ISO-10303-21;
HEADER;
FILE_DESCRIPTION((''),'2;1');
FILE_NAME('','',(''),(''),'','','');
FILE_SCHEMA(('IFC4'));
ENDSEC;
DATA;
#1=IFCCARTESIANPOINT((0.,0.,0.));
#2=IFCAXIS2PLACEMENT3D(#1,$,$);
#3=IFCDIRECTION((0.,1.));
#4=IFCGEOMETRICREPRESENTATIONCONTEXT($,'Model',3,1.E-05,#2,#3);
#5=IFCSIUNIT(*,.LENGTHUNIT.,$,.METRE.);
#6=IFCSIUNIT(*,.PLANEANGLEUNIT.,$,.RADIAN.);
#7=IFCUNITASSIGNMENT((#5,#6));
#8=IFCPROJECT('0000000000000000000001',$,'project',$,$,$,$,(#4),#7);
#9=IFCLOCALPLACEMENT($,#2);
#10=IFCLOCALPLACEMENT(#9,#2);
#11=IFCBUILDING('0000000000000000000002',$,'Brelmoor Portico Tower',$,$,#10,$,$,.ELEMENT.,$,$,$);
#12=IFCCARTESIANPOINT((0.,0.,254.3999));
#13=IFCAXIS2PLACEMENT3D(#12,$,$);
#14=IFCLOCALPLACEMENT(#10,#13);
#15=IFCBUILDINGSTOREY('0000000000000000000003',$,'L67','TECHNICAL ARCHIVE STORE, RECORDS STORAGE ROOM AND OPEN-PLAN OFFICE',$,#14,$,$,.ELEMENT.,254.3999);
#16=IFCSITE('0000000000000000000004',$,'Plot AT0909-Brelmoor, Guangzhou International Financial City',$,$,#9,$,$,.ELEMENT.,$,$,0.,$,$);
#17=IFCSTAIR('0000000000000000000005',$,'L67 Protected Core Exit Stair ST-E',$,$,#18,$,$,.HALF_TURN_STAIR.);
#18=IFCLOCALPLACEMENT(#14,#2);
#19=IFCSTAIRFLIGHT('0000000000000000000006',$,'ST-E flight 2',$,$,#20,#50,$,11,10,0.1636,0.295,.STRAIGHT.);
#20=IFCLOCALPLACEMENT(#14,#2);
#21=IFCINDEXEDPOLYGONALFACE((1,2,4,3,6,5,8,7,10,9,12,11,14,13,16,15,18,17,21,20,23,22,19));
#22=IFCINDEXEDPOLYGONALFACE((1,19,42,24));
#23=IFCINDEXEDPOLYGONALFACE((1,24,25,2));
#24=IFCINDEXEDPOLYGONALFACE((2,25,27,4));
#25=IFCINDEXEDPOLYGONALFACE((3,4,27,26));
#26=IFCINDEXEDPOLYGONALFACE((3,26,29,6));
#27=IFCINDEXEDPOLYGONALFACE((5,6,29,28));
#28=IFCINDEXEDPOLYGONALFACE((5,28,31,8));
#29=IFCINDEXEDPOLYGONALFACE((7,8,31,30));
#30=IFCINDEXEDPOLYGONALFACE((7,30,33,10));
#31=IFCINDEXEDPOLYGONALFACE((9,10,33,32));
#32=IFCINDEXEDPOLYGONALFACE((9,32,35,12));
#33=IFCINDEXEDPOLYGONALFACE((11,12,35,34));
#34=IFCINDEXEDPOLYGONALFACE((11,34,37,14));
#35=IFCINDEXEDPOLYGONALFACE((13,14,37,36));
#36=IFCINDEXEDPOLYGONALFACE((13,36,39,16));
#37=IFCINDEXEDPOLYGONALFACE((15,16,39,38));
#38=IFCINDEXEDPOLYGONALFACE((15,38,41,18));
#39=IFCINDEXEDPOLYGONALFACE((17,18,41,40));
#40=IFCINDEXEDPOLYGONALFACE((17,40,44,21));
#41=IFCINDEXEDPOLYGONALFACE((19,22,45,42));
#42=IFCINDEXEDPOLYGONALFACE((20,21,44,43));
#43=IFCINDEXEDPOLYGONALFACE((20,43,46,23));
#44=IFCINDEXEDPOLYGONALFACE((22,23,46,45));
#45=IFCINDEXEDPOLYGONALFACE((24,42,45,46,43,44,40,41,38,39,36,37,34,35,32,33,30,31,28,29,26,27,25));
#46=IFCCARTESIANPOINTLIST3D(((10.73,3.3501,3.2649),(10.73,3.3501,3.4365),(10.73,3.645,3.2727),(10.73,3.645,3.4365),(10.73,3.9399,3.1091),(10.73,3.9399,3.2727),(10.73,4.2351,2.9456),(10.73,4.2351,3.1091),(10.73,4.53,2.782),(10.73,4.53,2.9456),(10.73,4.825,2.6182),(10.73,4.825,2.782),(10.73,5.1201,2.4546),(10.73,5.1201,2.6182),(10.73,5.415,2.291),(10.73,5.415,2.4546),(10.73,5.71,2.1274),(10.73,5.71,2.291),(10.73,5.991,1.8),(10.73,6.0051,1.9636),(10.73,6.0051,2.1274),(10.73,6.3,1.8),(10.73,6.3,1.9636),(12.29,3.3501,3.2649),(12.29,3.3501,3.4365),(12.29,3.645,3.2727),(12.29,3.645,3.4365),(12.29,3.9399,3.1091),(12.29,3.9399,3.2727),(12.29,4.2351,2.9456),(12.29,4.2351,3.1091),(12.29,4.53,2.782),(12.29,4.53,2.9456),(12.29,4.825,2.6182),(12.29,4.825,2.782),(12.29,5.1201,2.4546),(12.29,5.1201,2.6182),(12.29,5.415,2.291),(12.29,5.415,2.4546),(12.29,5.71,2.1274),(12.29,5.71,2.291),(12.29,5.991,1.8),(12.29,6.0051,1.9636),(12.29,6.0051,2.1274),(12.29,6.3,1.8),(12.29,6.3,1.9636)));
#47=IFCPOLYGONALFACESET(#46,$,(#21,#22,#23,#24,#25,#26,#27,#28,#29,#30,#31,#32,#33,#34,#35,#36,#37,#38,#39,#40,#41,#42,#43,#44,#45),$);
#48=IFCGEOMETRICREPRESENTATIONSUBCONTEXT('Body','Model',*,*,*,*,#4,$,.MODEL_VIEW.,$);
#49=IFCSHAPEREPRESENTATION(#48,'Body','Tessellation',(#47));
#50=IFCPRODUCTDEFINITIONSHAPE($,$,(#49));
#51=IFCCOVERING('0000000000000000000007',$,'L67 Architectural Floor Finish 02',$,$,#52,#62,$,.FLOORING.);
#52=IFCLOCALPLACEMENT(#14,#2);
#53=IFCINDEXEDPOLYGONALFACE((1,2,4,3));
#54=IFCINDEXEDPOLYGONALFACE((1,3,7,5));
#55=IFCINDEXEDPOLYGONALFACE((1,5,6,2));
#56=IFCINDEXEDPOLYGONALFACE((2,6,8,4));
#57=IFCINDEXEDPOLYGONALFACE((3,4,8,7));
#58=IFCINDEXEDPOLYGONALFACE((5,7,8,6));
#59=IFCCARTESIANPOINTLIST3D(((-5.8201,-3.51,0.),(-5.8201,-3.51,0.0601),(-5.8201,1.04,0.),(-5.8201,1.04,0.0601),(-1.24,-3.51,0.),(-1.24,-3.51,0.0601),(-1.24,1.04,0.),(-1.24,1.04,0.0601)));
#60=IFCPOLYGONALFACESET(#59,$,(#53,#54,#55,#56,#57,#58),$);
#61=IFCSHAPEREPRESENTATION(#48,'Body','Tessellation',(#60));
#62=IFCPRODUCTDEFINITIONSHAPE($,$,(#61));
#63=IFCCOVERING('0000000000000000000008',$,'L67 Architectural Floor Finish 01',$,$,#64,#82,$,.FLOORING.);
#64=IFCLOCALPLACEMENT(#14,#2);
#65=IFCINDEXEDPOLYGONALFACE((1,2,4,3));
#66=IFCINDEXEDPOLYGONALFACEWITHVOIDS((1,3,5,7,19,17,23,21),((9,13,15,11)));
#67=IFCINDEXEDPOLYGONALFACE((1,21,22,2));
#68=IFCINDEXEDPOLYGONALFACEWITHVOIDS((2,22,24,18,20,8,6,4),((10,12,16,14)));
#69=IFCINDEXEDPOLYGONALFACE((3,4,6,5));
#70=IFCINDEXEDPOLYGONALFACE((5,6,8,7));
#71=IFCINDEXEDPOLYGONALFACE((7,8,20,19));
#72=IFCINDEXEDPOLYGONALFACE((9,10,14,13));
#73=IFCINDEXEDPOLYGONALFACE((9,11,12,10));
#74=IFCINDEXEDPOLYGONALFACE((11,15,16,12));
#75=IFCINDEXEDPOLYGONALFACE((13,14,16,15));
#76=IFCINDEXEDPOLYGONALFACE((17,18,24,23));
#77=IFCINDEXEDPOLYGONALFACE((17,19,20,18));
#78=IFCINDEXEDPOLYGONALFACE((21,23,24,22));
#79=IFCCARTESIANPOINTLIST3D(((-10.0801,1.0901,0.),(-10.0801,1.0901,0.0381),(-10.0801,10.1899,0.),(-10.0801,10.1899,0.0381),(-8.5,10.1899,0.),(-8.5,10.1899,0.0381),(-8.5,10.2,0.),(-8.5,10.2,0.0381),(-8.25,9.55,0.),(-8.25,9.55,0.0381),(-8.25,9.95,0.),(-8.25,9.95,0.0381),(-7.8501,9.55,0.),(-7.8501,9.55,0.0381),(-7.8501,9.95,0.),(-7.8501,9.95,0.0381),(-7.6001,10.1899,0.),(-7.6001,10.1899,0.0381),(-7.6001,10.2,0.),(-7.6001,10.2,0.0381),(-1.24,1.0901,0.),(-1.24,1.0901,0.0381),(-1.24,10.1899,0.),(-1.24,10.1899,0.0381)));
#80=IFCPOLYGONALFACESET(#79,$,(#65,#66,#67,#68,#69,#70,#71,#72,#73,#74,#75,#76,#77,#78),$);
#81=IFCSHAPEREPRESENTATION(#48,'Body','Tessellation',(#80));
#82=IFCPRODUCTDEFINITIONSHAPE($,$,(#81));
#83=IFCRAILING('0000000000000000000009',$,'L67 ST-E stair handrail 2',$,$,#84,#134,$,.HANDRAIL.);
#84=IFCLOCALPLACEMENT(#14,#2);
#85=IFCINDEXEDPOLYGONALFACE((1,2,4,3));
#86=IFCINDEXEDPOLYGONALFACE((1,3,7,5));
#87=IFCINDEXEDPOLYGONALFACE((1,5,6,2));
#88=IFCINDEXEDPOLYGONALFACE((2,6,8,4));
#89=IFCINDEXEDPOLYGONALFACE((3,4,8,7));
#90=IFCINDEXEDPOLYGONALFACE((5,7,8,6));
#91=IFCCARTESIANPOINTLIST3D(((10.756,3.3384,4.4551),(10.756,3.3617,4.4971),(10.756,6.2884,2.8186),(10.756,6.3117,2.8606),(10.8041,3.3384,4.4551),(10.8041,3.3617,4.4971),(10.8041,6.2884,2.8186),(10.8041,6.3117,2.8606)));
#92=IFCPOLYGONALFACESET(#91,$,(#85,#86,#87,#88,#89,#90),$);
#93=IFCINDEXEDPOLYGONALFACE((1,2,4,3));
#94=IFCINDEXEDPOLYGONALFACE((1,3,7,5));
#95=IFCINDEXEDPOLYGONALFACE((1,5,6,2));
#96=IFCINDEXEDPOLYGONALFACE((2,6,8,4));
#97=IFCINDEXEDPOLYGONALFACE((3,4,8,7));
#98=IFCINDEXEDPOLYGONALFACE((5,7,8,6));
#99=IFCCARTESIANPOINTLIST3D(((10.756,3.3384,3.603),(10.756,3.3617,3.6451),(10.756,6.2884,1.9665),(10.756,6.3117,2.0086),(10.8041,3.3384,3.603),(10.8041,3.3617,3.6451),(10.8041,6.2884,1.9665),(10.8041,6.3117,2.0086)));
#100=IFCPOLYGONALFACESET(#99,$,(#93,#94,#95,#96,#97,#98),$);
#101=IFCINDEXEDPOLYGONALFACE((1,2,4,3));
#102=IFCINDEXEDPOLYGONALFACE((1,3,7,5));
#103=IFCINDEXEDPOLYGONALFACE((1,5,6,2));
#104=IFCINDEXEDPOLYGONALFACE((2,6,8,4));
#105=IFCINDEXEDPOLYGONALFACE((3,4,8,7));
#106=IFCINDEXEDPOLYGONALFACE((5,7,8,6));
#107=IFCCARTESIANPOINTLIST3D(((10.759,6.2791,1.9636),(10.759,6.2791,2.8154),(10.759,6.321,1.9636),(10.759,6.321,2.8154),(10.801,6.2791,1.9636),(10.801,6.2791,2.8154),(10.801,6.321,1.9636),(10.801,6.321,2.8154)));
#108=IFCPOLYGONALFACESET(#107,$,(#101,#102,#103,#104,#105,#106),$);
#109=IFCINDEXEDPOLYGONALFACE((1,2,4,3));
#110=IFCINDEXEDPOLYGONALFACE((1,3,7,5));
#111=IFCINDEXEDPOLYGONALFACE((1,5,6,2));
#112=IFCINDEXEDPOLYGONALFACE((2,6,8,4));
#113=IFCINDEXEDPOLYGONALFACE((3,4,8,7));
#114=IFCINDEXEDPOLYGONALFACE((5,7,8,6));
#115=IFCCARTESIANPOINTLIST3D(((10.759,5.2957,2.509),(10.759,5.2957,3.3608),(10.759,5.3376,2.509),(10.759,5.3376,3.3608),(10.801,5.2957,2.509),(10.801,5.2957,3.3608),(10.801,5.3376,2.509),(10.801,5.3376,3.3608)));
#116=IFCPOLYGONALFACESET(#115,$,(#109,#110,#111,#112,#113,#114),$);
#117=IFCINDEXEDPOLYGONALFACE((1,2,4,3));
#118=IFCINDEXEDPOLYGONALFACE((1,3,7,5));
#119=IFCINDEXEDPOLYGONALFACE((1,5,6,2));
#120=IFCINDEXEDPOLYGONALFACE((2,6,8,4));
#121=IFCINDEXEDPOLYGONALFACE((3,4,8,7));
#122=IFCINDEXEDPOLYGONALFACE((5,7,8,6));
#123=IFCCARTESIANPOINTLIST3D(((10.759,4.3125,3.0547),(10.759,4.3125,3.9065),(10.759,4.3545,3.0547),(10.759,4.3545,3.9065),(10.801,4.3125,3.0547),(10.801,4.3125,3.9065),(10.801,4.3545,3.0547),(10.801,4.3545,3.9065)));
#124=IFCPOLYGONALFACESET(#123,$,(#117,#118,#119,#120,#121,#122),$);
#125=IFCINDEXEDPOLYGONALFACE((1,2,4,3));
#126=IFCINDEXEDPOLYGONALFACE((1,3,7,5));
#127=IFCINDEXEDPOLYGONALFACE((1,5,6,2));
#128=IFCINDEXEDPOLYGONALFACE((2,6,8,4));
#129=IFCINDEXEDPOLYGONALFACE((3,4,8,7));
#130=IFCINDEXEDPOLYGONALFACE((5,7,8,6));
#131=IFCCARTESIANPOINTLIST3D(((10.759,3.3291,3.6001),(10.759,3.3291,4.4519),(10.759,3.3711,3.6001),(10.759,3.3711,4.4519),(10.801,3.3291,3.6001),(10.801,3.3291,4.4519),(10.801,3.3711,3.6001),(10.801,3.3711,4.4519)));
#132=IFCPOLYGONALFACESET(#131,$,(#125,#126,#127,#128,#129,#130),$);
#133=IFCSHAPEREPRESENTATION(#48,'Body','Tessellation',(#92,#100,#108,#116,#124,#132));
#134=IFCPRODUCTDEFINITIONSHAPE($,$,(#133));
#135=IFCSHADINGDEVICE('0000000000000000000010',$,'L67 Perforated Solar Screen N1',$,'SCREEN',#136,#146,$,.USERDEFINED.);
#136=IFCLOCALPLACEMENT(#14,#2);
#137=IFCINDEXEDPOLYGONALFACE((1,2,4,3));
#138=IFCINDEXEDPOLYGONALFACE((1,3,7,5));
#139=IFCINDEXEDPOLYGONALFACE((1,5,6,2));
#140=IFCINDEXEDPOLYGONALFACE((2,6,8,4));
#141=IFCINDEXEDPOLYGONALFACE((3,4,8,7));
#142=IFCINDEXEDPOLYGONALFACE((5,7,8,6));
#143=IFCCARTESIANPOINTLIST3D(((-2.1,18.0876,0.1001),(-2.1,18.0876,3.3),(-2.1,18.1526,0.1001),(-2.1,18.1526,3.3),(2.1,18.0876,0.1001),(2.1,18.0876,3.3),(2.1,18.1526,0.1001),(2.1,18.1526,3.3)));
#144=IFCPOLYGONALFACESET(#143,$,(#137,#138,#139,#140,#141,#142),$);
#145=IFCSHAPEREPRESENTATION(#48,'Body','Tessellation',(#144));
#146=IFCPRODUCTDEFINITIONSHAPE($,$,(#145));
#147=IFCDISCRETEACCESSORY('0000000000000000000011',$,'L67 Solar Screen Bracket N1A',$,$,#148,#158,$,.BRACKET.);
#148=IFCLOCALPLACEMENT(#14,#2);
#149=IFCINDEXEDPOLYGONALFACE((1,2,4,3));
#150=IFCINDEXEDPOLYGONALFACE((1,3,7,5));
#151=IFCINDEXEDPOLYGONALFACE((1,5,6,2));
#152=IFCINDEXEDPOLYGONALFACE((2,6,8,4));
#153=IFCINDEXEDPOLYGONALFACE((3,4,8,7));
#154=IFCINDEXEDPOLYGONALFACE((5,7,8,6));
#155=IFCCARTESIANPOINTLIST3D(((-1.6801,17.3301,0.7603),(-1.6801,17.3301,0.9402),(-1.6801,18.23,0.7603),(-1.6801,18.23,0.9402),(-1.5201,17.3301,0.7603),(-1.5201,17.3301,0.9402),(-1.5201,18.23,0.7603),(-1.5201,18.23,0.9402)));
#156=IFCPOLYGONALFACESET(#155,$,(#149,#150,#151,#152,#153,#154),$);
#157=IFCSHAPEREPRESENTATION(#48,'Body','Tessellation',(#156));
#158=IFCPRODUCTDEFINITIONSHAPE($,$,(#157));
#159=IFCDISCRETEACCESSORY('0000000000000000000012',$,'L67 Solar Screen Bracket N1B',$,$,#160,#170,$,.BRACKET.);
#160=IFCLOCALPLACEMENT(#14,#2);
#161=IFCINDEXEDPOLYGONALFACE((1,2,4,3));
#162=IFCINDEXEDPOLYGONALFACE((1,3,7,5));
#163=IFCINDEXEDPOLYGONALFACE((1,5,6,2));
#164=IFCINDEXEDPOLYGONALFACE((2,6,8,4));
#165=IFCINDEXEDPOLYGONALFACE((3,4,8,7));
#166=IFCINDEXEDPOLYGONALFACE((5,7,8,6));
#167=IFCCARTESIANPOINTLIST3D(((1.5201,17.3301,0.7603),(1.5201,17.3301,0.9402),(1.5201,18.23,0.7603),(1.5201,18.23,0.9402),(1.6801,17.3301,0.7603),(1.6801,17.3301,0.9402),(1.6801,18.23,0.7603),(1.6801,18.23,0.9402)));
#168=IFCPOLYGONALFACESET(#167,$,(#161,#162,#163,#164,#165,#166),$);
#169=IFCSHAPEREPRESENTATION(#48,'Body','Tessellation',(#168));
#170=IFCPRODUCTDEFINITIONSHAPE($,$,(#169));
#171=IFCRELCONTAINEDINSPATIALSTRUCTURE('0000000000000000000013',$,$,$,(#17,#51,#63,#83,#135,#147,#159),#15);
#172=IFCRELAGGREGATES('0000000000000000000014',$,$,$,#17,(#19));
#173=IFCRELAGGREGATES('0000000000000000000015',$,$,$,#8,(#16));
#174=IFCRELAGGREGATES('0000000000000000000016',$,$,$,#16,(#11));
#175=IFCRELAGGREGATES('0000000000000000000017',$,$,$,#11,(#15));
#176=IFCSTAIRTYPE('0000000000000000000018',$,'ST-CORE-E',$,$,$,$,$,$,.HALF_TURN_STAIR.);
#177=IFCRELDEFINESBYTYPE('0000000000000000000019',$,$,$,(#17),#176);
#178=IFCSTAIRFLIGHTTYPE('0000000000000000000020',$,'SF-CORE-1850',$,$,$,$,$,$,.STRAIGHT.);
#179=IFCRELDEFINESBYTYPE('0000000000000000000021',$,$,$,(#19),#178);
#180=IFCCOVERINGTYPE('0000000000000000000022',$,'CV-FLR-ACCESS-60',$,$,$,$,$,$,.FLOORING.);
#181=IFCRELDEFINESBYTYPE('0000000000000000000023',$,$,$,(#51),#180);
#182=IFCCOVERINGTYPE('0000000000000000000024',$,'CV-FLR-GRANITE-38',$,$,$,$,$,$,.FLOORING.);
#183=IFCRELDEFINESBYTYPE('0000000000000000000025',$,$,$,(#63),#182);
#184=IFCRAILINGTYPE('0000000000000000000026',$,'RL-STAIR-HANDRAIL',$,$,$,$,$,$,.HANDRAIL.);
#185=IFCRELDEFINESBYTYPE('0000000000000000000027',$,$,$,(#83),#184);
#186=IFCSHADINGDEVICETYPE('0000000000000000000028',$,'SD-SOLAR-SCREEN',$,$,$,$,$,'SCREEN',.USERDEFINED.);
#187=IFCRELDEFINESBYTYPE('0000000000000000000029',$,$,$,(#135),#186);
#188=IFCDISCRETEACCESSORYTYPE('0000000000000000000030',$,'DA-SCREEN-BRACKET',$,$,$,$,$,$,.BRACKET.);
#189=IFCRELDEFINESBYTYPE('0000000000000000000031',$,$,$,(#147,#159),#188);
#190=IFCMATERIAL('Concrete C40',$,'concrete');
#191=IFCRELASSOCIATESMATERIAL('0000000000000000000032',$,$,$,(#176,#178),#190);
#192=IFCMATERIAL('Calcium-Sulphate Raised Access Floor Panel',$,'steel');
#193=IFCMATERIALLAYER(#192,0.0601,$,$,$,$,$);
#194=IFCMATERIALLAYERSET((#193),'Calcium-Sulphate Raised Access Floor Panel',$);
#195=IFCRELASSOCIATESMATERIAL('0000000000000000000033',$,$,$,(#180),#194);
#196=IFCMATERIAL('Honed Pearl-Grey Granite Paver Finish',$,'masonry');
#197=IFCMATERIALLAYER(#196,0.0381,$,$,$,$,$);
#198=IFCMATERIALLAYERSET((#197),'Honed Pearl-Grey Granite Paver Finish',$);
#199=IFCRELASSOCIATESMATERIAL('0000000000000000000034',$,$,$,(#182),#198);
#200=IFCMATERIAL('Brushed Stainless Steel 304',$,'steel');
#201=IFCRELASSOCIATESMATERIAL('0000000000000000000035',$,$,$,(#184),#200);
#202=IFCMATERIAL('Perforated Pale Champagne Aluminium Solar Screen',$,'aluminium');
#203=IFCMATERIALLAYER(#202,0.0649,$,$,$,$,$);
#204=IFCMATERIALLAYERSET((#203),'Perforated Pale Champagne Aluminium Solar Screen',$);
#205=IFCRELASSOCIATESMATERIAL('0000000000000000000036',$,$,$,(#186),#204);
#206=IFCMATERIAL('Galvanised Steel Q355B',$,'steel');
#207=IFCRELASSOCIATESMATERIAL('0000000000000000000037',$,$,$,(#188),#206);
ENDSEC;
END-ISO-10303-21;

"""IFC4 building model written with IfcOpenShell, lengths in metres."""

from ifc_helpers import new_model, si_unit, direction, frame, origin, origin_2d, place, context, subcontext, project, spatial, polyline, rectangle, outline, extrude, material, layer, layer_set, type_object, element, aggregate, save


model = new_model("IFC4")

# Units and contexts
model_context = context("Model", 3, precision=1e-05, world=origin(), true_north=direction((0.0, 1.0)))
body_context = subcontext(model_context, "Body", "Model", "MODEL_VIEW")
ifc_project = project(units=[si_unit("LENGTHUNIT", "METRE"), si_unit("PLANEANGLEUNIT", "RADIAN")], contexts=[model_context])

# Site, building, storey
site_placement = place(None, origin())
site = spatial("IfcSite", under=ifc_project, at=site_placement, Name="Plot AT0909-Brelmoor, Guangzhou International Financial City", CompositionType="ELEMENT", RefElevation=0.0)
building_placement = place(site_placement, origin())
building = spatial("IfcBuilding", under=site, at=building_placement, Name="Brelmoor Portico Tower", CompositionType="ELEMENT")
storey_placement = place(building_placement, frame((0.0, 0.0, 254.3999)))
storey = spatial("IfcBuildingStorey", under=building, at=storey_placement, Name="L67", Description="TECHNICAL ARCHIVE STORE, RECORDS STORAGE ROOM AND OPEN-PLAN OFFICE", CompositionType="ELEMENT", Elevation=254.3999)

# Shared definitions
ifc_material_1 = material(Name="Concrete C40", Category="concrete")

# Stair
stair_type_1 = type_object("IfcStairType", Name="ST-CORE-E", PredefinedType="HALF_TURN_STAIR", material=ifc_material_1)
stair_1_placement = place(storey_placement, origin())
stair_1 = element("IfcStair", 1, at=stair_1_placement, inside=storey, type_object=stair_type_1, Name="L67 Protected Core Exit Stair ST-E", PredefinedType="HALF_TURN_STAIR")

# Stair flight
stair_flight_type = type_object("IfcStairFlightType", Name="SF-CORE-1850", PredefinedType="STRAIGHT", material=ifc_material_1)
stair_flight_placement = place(storey_placement, frame((11.51, 6.3, 1.8), z_axis=(0.0, 0.0, 1.0), x_axis=(0.0, -1.0, 0.0)))
stair_flight = element("IfcStairFlight", 2, at=stair_flight_placement, type_object=stair_flight_type, Name="ST-E flight 2", NumberOfRisers=11, NumberOfTreads=10, PredefinedType="STRAIGHT", RiserHeight=0.1636, TreadLength=0.295, context=body_context, shape_type="SweptSolid", body=[
    extrude(outline(polyline([(0.0, 0.0), (0.0, 0.1636), (0.2949, 0.1636), (0.2949, 0.3274), (0.5901, 0.3274), (0.5901, 0.491), (0.885, 0.491), (0.885, 0.6545), (1.1799, 0.6545), (1.1799, 0.8181), (1.4751, 0.8181), (1.4751, 0.9819), (1.77, 0.9819), (1.77, 1.1455), (2.0649, 1.1455), (2.0649, 1.3091), (2.3601, 1.3091), (2.3601, 1.4727), (2.655, 1.4727), (2.655, 1.6365), (2.95, 1.6365), (2.95, 1.8), (2.95, 1.4648), (0.3091, 0.0), (0.0, 0.0)])), frame((0.0, 0.78, 0.0), z_axis=(0.0, -1.0, 0.0), x_axis=(1.0, 0.0, 0.0)), (0.0, 0.0, 1.0), 1.5601),
])
aggregate(stair_1, [stair_flight])

# Coverings
ifc_material_2 = material(Name="Calcium-Sulphate Raised Access Floor Panel", Category="steel")
ifc_layer_1 = layer(ifc_material_2, 0.0601)
ifc_layer_set_1 = layer_set([ifc_layer_1], Name="Calcium-Sulphate Raised Access Floor Panel")
covering_type_1 = type_object("IfcCoveringType", Name="CV-FLR-ACCESS-60", PredefinedType="FLOORING", material=ifc_layer_set_1)
covering_1_placement = place(storey_placement, origin())
element("IfcCovering", 3, at=covering_1_placement, inside=storey, type_object=covering_type_1, Name="L67 Architectural Floor Finish 02", PredefinedType="FLOORING", context=body_context, shape_type="SweptSolid", body=[
    extrude(outline(polyline([(-5.8201, -3.51), (-5.8201, 1.04), (-1.24, 1.04), (-1.24, -3.51), (-5.8201, -3.51)])), origin(), (0.0, 0.0, 1.0), 0.0601),
])
ifc_material_3 = material(Name="Honed Pearl-Grey Granite Paver Finish", Category="masonry")
ifc_layer_2 = layer(ifc_material_3, 0.0381)
ifc_layer_set_2 = layer_set([ifc_layer_2], Name="Honed Pearl-Grey Granite Paver Finish")
covering_type_2 = type_object("IfcCoveringType", Name="CV-FLR-GRANITE-38", PredefinedType="FLOORING", material=ifc_layer_set_2)
covering_2_placement = place(storey_placement, origin())
element("IfcCovering", 4, at=covering_2_placement, inside=storey, type_object=covering_type_2, Name="L67 Architectural Floor Finish 01", PredefinedType="FLOORING", context=body_context, shape_type="SweptSolid", body=[
    extrude(outline(polyline([(-10.0801, 10.1899), (-8.5, 10.1899), (-8.5, 10.2), (-7.6001, 10.2), (-7.6001, 10.1899), (-1.24, 10.1899), (-1.24, 1.0901), (-10.0801, 1.0901), (-10.0801, 10.1899)]), holes=[polyline([(-7.8501, 9.55), (-7.8501, 9.95), (-8.25, 9.95), (-8.25, 9.55), (-7.8501, 9.55)])]), origin(), (0.0, 0.0, 1.0), 0.0381),
])

# Railing
ifc_material_4 = material(Name="Brushed Stainless Steel 304", Category="steel")
railing_type = type_object("IfcRailingType", Name="RL-STAIR-HANDRAIL", PredefinedType="HANDRAIL", material=ifc_material_4)
railing_placement = place(storey_placement, frame((10.78, 6.3, 1.9636)))
element("IfcRailing", 5, at=railing_placement, inside=storey, type_object=railing_type, Name="L67 ST-E stair handrail 2", PredefinedType="HANDRAIL", context=body_context, shape_type="SweptSolid", body=[
    extrude(rectangle(XDim=0.0481, YDim=0.0481, at=origin_2d()), frame((0.0, 0.0, 0.876), z_axis=(0.0, -0.874458, 0.485102), x_axis=(1.0, 0.0, 0.0)), (0.0, 0.0, 1.0), 3.3735),
    extrude(rectangle(XDim=0.0481, YDim=0.0481, at=origin_2d()), frame((0.0, 0.0, 0.0239), z_axis=(0.0, -0.874458, 0.485102), x_axis=(1.0, 0.0, 0.0)), (0.0, 0.0, 1.0), 3.3735),
    extrude(rectangle(XDim=0.042, YDim=0.042, at=origin_2d()), origin(), (0.0, 0.0, 1.0), 0.8518),
    extrude(rectangle(XDim=0.042, YDim=0.042, at=origin_2d()), frame((0.0, -0.9834, 0.5454)), (0.0, 0.0, 1.0), 0.8518),
    extrude(rectangle(XDim=0.042, YDim=0.042, at=origin_2d()), frame((0.0, -1.9666, 1.0911)), (0.0, 0.0, 1.0), 0.8518),
    extrude(rectangle(XDim=0.042, YDim=0.042, at=origin_2d()), frame((0.0, -2.95, 1.6365)), (0.0, 0.0, 1.0), 0.8518),
])

# Shading device
ifc_material_5 = material(Name="Perforated Pale Champagne Aluminium Solar Screen", Category="aluminium")
ifc_layer_3 = layer(ifc_material_5, 0.0649)
ifc_layer_set_3 = layer_set([ifc_layer_3], Name="Perforated Pale Champagne Aluminium Solar Screen")
shading_device_type = type_object("IfcShadingDeviceType", Name="SD-SOLAR-SCREEN", ElementType="SCREEN", PredefinedType="USERDEFINED", material=ifc_layer_set_3)
shading_device_placement = place(storey_placement, frame((0.0, 18.1201, 0.1001), z_axis=(0.0, 0.0, 1.0), x_axis=(1.0, 0.0, 0.0)))
element("IfcShadingDevice", 6, at=shading_device_placement, inside=storey, type_object=shading_device_type, Name="L67 Perforated Solar Screen N1", ObjectType="SCREEN", PredefinedType="USERDEFINED", context=body_context, shape_type="SweptSolid", body=[
    extrude(rectangle(XDim=4.2, YDim=0.0649, at=origin_2d()), origin(), (0.0, 0.0, 1.0), 3.2),
])

# Discrete accessories
ifc_material_6 = material(Name="Galvanised Steel Q355B", Category="steel")
discrete_accessory_type = type_object("IfcDiscreteAccessoryType", Name="DA-SCREEN-BRACKET", PredefinedType="BRACKET", material=ifc_material_6)
for number, where, z_axis, x_axis, name in (
    (7, (-1.6001, 17.78, 0.7603), (0.0, 0.0, 1.0), (1.0, 0.0, 0.0), "L67 Solar Screen Bracket N1A"),
    (8, (1.6001, 17.78, 0.7603), (0.0, 0.0, 1.0), (1.0, 0.0, 0.0), "L67 Solar Screen Bracket N1B"),
):
    element("IfcDiscreteAccessory", number, at=place(storey_placement, frame(where, z_axis=z_axis, x_axis=x_axis)), inside=storey, type_object=discrete_accessory_type, Name=name, PredefinedType="BRACKET", context=body_context, shape_type="SweptSolid", body=[
        extrude(rectangle(XDim=0.1599, YDim=0.8999, at=origin_2d()), origin(), (0.0, 0.0, 1.0), 0.1799),
    ])

save(model, "model.ifc")
